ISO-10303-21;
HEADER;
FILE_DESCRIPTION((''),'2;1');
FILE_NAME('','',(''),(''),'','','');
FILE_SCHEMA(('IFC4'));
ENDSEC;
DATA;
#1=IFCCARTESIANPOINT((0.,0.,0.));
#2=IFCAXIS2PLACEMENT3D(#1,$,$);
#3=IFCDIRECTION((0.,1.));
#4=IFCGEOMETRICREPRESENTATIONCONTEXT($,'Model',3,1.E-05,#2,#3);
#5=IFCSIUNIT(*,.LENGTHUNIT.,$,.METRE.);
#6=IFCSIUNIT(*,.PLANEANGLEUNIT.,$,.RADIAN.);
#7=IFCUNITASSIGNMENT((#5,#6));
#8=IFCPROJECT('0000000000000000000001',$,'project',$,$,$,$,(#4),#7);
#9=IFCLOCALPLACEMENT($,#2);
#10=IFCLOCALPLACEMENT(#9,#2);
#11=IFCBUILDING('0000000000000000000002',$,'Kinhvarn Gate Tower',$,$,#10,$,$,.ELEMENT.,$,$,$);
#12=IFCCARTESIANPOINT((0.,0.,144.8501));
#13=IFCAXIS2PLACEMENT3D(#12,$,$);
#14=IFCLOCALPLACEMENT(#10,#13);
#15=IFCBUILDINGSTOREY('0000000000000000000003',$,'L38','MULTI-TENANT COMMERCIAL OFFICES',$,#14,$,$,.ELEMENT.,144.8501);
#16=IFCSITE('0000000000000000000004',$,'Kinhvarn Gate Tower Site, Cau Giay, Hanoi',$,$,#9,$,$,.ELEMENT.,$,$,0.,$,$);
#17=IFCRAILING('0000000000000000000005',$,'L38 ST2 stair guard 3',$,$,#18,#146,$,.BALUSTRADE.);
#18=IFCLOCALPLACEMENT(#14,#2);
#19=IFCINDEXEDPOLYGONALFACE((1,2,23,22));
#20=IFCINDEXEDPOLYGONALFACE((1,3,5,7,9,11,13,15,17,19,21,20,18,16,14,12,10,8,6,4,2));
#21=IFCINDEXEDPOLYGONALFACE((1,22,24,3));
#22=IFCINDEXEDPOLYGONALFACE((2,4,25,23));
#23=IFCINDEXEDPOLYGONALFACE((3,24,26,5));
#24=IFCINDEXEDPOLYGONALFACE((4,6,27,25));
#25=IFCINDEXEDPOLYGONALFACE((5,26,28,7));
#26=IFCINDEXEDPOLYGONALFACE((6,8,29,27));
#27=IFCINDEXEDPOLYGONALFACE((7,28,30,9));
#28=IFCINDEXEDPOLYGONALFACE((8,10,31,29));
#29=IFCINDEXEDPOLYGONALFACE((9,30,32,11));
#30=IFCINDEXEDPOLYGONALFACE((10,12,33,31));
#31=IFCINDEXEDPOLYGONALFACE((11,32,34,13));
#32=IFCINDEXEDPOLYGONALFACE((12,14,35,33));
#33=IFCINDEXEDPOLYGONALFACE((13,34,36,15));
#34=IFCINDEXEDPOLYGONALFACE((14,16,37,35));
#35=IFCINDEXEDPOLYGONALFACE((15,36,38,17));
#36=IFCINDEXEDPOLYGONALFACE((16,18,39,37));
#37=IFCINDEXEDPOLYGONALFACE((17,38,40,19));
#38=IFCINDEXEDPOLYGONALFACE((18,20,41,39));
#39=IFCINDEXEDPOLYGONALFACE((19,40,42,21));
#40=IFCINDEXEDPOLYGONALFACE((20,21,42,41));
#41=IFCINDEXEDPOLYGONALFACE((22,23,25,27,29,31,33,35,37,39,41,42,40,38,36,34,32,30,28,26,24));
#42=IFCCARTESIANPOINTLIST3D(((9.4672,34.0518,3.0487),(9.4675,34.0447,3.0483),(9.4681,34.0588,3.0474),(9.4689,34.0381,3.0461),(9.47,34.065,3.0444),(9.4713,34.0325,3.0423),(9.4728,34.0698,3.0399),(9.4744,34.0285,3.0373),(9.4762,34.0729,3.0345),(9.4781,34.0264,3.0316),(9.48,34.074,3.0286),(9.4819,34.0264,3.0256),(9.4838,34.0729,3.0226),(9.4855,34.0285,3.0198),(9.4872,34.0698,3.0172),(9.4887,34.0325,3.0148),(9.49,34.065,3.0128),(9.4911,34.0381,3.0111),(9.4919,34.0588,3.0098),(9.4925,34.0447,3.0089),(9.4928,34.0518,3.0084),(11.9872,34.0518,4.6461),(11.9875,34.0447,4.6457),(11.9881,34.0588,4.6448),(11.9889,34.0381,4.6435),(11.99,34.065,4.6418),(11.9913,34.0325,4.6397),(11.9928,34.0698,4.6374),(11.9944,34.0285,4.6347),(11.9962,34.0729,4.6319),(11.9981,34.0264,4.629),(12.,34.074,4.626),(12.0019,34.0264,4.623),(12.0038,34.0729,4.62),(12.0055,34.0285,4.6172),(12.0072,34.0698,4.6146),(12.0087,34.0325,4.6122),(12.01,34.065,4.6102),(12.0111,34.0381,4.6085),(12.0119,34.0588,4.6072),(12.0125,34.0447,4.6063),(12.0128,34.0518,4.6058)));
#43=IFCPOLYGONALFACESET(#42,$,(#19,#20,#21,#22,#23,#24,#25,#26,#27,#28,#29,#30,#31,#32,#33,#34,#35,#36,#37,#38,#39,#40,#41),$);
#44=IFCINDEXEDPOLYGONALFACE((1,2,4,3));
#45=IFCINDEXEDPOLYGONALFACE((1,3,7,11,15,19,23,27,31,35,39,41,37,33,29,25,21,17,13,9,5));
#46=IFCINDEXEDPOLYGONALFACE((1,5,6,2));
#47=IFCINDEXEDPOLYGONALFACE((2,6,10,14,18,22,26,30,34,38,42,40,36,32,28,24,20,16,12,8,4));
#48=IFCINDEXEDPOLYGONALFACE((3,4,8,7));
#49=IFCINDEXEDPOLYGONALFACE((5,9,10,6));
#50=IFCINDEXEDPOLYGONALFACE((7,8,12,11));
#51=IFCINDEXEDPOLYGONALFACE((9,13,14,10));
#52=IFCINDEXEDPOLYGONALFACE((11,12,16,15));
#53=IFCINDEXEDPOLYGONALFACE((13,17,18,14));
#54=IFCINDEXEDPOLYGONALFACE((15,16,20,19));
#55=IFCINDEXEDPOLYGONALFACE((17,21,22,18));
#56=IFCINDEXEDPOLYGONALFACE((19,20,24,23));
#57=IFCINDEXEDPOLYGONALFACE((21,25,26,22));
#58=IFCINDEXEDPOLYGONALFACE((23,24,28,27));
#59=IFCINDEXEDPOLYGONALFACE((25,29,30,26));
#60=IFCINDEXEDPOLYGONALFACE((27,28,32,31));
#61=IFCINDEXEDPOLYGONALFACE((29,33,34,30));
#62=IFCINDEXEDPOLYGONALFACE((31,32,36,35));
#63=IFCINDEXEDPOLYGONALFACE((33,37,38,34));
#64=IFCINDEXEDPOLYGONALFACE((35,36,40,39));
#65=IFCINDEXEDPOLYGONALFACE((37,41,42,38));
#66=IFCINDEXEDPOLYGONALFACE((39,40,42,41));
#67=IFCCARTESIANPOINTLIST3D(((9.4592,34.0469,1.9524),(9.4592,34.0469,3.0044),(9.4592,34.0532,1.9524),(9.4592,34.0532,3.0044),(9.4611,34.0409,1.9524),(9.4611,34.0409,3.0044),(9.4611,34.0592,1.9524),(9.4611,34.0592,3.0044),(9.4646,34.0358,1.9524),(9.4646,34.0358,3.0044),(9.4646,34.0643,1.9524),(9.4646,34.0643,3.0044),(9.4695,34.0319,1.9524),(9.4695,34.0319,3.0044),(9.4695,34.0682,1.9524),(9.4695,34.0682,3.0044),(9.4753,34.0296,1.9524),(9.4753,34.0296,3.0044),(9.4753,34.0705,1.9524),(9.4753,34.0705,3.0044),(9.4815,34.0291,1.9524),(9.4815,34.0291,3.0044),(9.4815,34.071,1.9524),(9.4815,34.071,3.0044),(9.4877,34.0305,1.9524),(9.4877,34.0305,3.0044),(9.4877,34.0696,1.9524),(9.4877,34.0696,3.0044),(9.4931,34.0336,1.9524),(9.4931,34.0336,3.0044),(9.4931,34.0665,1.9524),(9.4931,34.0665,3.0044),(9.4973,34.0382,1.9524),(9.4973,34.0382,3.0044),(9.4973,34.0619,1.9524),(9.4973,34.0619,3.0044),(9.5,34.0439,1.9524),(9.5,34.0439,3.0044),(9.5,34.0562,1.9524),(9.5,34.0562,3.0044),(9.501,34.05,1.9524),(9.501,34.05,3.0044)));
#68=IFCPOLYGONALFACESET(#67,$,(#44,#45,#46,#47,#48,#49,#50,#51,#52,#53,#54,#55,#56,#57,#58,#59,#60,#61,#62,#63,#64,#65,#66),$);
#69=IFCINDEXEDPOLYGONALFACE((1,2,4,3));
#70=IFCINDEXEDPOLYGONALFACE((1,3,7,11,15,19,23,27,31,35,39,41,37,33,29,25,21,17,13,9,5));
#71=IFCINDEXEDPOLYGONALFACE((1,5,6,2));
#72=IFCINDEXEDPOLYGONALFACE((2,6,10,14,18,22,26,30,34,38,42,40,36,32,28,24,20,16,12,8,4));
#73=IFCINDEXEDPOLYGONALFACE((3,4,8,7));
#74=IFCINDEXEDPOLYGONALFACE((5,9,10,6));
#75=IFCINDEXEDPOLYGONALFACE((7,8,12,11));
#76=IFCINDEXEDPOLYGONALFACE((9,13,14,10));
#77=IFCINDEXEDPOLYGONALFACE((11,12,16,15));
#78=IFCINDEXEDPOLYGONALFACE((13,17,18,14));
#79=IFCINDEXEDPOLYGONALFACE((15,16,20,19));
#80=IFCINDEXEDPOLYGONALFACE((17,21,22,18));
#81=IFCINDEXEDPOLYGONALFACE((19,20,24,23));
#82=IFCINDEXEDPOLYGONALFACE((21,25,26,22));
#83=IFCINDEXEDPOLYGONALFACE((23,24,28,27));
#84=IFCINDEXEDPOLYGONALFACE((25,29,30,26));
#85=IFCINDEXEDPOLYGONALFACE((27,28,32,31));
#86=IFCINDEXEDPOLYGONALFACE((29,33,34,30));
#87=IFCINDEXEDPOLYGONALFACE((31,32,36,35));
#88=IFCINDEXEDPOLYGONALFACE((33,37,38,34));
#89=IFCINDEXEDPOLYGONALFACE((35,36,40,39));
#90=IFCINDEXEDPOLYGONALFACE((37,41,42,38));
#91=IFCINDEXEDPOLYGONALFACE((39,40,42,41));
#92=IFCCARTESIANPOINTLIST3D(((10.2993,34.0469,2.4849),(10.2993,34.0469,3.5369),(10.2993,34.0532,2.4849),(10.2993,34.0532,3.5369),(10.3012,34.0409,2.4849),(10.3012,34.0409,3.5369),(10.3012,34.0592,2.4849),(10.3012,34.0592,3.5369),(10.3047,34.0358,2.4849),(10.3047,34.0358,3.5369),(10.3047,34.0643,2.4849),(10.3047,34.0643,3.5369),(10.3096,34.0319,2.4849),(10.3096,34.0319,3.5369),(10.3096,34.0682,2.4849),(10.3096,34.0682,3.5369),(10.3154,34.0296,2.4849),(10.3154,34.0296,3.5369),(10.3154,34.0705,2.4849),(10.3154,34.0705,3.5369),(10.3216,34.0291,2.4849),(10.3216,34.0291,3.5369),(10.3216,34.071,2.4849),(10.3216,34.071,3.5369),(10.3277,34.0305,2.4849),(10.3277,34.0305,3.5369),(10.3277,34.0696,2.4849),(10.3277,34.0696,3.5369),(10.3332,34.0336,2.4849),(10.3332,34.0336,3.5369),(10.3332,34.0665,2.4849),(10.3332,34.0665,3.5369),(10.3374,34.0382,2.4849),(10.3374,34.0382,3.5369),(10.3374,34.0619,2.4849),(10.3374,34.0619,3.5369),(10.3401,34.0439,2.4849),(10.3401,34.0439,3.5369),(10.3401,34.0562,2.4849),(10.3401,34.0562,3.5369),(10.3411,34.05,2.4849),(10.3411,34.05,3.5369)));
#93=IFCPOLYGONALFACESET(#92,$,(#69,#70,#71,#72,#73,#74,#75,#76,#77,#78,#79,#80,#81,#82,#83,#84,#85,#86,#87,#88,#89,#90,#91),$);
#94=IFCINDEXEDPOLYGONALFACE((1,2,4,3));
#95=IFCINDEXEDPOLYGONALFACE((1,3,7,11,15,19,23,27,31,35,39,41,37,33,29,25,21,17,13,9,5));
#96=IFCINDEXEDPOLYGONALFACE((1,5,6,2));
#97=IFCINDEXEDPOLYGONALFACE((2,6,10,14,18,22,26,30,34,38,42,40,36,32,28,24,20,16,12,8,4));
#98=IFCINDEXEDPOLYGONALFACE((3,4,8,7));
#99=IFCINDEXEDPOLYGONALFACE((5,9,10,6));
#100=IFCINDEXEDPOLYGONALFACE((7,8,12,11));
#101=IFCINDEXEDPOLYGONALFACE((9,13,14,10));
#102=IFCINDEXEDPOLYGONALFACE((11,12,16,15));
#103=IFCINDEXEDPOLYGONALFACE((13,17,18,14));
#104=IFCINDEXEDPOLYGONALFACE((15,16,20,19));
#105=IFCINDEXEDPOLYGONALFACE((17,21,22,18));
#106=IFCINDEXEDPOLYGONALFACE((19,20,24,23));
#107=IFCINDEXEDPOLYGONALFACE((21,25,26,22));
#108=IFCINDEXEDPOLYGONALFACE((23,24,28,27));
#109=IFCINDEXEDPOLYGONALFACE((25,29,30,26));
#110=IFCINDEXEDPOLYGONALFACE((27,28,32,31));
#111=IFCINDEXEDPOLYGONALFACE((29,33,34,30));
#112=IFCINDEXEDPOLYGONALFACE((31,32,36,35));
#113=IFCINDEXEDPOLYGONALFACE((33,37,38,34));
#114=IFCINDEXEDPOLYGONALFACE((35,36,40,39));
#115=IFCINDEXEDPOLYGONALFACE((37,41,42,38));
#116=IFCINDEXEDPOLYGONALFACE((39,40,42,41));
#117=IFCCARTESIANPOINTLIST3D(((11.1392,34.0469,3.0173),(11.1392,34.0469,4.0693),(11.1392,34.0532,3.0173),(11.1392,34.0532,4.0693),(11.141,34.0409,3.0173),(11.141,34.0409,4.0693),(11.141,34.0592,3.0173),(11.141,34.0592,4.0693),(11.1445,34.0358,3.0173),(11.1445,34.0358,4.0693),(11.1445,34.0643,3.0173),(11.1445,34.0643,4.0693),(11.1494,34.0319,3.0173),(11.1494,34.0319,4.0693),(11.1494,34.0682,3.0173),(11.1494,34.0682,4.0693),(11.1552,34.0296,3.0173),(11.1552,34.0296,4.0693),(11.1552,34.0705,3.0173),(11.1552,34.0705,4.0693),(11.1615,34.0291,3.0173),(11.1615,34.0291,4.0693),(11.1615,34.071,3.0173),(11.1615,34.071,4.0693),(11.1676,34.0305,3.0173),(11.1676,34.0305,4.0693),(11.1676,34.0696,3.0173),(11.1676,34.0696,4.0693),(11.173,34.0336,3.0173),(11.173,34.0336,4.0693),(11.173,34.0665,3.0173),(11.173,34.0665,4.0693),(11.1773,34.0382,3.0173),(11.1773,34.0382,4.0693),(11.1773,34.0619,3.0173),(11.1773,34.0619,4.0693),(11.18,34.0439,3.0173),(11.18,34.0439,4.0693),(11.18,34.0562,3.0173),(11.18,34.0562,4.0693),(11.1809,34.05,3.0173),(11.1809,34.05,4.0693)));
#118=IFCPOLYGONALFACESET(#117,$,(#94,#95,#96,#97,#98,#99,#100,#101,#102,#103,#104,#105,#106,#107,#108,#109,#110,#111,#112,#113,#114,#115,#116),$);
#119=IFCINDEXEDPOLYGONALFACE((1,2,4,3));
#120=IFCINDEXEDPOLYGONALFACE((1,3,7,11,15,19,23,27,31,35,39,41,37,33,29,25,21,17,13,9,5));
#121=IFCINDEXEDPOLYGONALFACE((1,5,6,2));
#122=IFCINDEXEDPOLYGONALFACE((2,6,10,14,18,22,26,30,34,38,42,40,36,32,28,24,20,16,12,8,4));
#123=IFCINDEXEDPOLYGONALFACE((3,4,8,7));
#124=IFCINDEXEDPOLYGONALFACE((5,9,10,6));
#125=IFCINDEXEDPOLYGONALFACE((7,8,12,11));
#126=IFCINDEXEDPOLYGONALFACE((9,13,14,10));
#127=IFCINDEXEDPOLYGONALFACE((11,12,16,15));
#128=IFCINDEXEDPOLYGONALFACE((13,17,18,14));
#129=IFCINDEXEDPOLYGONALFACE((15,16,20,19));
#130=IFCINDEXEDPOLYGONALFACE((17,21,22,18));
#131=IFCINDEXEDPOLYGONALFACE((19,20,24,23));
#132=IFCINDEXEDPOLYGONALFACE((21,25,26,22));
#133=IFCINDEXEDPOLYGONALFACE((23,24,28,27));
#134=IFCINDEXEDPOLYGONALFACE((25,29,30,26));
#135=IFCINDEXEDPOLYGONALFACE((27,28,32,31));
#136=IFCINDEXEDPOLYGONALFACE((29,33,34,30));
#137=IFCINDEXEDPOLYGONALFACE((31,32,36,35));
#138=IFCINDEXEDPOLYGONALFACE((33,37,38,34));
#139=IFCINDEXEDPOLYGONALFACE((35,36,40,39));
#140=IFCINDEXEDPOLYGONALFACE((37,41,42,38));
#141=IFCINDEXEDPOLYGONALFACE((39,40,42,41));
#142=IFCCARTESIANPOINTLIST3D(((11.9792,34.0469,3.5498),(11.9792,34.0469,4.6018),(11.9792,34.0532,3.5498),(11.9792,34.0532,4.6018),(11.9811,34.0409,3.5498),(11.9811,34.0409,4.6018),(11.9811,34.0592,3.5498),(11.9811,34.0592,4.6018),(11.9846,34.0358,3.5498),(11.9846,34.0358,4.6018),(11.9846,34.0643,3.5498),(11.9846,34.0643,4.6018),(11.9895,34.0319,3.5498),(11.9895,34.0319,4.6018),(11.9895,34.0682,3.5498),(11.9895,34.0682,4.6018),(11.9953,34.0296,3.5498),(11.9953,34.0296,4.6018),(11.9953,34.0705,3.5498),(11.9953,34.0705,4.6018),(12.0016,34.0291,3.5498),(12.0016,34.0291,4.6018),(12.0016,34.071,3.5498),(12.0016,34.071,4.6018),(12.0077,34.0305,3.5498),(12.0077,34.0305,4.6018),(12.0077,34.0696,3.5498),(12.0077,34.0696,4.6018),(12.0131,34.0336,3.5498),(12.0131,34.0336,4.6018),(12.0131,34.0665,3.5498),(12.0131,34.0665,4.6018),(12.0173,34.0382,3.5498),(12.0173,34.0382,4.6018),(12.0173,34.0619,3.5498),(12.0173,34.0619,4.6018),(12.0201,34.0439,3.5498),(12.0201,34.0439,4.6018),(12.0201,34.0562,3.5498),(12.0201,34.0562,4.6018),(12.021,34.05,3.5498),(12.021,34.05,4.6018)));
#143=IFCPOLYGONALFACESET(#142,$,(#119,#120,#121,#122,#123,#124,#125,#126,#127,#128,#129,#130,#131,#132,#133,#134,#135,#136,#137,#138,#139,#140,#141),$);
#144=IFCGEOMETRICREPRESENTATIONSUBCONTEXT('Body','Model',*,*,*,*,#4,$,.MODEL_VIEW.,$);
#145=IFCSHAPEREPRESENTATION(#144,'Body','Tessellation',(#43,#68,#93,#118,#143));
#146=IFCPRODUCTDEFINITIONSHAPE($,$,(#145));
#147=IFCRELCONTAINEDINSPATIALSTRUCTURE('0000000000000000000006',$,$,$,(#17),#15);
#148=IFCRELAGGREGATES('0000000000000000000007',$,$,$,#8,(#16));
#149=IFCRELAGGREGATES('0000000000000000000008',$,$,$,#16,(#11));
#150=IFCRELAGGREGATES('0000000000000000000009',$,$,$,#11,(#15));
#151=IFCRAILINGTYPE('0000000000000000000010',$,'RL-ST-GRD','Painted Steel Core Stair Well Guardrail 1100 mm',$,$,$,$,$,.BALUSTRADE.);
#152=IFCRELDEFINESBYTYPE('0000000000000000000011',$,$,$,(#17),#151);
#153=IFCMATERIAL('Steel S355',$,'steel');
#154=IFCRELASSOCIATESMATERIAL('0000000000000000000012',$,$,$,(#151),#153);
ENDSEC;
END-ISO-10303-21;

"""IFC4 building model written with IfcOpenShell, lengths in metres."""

from ifc_helpers import new_model, si_unit, direction, frame, origin, origin_2d, place, context, subcontext, project, spatial, circle, extrude, material, type_object, element, save


model = new_model("IFC4")

# Units and contexts
model_context = context("Model", 3, precision=1e-05, world=origin(), true_north=direction((0.0, 1.0)))
body_context = subcontext(model_context, "Body", "Model", "MODEL_VIEW")
ifc_project = project(units=[si_unit("LENGTHUNIT", "METRE"), si_unit("PLANEANGLEUNIT", "RADIAN")], contexts=[model_context])

# Site, building, storey
site_placement = place(None, origin())
site = spatial("IfcSite", under=ifc_project, at=site_placement, Name="Kinhvarn Gate Tower Site, Cau Giay, Hanoi", CompositionType="ELEMENT", RefElevation=0.0)
building_placement = place(site_placement, origin())
building = spatial("IfcBuilding", under=site, at=building_placement, Name="Kinhvarn Gate Tower", CompositionType="ELEMENT")
storey_placement = place(building_placement, frame((0.0, 0.0, 144.8501)))
storey = spatial("IfcBuildingStorey", under=building, at=storey_placement, Name="L38", Description="MULTI-TENANT COMMERCIAL OFFICES", CompositionType="ELEMENT", Elevation=144.8501)

# Shared definitions
ifc_material_1 = material(Name="Steel S355", Category="steel")

# Railing
railing_type_1 = type_object("IfcRailingType", Name="RL-ST-GRD", Description="Painted Steel Core Stair Well Guardrail 1100 mm", PredefinedType="BALUSTRADE", material=ifc_material_1)
railing_1_placement = place(storey_placement, frame((9.48, 34.05, 1.9524)))
element("IfcRailing", 1, at=railing_1_placement, inside=storey, type_object=railing_type_1, Name="L38 ST2 stair guard 3", PredefinedType="BALUSTRADE", context=body_context, shape_type="SweptSolid", body=[
    extrude(circle(Radius=0.0239, at=origin_2d()), frame((0.0, 0.0, 1.0762), z_axis=(0.844607, 0.0, 0.535387), x_axis=(0.0, 1.0, 0.0)), (0.0, 0.0, 1.0), 2.9836),
    extrude(circle(Radius=0.021, at=origin_2d()), origin(), (0.0, 0.0, 1.0), 1.052),
    extrude(circle(Radius=0.021, at=origin_2d()), frame((0.8401, 0.0, 0.5325)), (0.0, 0.0, 1.0), 1.052),
    extrude(circle(Radius=0.021, at=origin_2d()), frame((1.6799, 0.0, 1.0649)), (0.0, 0.0, 1.0), 1.052),
    extrude(circle(Radius=0.021, at=origin_2d()), frame((2.52, 0.0, 1.5974)), (0.0, 0.0, 1.0), 1.052),
])

save(model, "model.ifc")
